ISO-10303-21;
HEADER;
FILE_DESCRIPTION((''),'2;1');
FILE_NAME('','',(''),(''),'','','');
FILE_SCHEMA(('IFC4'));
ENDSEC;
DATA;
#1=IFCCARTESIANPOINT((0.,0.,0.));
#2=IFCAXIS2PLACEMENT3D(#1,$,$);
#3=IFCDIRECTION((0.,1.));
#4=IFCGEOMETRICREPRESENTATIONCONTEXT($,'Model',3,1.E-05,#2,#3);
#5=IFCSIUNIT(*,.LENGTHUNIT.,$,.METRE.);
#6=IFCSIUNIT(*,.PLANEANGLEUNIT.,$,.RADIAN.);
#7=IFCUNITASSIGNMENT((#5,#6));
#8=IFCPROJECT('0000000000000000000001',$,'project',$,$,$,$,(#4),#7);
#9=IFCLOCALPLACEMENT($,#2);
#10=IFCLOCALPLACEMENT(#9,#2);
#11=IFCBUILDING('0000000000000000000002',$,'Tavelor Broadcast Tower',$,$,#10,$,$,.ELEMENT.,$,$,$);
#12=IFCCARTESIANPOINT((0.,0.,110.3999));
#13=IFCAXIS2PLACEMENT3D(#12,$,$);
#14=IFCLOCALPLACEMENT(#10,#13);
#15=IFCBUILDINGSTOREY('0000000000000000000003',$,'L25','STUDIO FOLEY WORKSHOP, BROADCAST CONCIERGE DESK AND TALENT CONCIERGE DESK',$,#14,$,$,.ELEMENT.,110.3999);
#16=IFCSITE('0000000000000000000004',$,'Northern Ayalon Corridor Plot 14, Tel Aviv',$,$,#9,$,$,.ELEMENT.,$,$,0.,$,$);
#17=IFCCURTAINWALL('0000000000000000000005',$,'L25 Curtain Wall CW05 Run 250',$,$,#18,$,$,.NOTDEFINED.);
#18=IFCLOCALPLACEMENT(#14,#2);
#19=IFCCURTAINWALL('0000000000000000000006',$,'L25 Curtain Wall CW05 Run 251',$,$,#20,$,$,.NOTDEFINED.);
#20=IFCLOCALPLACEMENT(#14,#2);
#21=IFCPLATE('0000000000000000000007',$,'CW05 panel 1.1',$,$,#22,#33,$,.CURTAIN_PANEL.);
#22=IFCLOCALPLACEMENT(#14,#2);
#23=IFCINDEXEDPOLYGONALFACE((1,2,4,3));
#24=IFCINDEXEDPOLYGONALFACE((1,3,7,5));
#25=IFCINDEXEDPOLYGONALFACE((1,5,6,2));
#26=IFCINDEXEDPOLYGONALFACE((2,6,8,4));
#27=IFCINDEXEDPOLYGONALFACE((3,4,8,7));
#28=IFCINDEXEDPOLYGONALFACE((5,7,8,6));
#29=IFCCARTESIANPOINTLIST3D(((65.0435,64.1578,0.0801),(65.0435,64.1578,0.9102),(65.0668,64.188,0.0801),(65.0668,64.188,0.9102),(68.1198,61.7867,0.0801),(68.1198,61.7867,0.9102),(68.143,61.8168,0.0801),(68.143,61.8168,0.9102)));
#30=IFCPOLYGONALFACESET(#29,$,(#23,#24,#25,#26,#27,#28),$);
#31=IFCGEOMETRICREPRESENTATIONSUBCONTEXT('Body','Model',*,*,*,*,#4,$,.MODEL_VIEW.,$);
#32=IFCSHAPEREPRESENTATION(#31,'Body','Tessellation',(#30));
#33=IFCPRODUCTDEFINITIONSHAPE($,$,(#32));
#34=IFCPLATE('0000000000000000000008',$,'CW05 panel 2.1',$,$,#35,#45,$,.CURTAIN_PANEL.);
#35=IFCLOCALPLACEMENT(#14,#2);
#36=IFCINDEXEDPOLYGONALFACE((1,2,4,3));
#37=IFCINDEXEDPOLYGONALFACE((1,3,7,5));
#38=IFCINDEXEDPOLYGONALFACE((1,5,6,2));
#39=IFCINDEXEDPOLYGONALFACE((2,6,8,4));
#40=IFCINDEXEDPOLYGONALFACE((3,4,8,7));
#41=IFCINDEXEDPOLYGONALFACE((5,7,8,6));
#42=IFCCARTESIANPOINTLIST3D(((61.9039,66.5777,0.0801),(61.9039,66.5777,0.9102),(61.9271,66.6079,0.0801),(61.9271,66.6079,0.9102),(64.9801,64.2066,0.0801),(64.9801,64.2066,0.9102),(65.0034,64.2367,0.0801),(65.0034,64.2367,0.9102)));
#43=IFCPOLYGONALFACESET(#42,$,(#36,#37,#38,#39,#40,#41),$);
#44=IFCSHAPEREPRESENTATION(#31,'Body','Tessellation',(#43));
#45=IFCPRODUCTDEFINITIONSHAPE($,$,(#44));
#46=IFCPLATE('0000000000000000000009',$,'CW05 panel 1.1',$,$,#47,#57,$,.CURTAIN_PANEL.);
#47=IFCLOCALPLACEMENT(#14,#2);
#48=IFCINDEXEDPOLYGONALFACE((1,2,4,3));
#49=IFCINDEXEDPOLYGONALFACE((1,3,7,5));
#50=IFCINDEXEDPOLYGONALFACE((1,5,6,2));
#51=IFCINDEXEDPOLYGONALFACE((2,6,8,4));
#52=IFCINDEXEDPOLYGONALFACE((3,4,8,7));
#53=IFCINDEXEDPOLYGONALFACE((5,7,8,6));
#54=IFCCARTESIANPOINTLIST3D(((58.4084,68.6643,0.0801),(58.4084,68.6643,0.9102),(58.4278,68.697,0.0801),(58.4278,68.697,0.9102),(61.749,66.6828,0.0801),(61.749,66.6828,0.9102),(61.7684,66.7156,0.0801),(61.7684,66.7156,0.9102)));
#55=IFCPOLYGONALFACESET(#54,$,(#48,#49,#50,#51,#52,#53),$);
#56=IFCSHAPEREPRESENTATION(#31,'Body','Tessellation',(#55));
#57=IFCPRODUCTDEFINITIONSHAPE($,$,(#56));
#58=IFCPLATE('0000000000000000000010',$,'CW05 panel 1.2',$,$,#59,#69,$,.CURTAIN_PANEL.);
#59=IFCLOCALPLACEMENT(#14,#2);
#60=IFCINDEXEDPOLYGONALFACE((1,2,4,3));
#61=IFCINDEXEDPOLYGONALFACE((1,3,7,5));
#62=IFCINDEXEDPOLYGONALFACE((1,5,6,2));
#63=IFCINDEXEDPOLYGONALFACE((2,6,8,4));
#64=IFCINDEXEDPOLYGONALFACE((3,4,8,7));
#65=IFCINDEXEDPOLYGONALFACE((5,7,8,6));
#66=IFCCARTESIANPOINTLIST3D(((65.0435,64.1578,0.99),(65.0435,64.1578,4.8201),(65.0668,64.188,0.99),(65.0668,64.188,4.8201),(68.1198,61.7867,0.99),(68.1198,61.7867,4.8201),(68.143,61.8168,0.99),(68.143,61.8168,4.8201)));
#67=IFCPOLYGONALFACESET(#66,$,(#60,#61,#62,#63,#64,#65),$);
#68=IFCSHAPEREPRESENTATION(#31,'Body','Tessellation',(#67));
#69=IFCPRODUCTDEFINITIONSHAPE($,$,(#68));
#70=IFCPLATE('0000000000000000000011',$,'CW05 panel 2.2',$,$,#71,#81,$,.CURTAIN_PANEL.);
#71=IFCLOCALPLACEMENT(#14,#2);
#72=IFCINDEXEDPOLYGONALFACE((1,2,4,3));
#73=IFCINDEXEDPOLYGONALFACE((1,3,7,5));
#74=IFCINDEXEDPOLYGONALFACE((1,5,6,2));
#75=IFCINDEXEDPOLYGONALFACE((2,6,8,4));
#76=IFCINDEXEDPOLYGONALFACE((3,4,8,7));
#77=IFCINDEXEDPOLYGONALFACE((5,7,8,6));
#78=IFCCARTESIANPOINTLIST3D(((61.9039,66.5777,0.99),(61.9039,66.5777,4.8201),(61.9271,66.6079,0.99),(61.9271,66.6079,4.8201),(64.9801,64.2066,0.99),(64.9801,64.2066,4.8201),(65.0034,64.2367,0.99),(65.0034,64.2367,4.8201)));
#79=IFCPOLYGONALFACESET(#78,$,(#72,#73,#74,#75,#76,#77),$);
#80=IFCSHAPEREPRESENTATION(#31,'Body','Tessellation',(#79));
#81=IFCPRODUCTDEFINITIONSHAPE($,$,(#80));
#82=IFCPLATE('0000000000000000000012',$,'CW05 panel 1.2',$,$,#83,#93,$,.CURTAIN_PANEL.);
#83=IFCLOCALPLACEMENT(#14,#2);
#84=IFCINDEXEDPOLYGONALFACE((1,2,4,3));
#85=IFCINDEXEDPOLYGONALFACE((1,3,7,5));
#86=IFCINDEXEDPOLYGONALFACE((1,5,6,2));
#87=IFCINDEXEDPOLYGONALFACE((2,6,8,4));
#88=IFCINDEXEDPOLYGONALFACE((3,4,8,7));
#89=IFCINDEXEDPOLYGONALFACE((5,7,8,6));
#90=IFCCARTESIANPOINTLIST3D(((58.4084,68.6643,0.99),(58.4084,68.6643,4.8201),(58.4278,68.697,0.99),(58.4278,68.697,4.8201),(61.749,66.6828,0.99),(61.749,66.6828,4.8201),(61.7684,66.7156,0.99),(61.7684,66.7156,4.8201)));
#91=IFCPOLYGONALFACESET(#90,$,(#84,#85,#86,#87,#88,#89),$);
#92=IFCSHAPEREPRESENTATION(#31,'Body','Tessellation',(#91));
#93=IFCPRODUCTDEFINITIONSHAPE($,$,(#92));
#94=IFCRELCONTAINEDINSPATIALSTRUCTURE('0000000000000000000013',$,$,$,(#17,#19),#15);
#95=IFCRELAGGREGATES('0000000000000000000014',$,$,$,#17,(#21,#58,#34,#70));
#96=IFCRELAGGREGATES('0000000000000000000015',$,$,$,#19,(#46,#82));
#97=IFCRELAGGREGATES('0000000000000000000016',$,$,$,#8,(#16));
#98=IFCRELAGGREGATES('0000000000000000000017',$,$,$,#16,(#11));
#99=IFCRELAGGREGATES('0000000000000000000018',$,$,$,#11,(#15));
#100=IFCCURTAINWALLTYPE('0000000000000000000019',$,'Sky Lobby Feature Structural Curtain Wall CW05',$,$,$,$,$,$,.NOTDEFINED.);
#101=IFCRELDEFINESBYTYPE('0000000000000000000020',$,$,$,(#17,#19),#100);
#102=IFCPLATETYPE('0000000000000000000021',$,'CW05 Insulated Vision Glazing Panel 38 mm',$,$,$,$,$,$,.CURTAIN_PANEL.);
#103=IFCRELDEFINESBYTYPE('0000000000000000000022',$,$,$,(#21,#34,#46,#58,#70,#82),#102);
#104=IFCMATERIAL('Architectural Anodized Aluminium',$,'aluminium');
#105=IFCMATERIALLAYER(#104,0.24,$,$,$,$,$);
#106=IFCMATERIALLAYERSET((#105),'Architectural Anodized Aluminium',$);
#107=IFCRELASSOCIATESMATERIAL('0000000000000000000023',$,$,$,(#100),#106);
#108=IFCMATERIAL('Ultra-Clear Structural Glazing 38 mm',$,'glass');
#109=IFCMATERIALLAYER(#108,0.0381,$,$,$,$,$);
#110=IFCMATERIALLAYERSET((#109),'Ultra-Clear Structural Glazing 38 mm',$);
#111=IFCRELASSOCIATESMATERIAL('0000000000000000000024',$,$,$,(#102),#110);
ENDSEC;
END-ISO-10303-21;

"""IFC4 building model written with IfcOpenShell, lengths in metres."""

from ifc_helpers import new_model, si_unit, direction, frame, origin, origin_2d, place, context, subcontext, project, spatial, rectangle, extrude, source, transform, mapped, material, layer, layer_set, type_object, element, aggregate, save


model = new_model("IFC4")

# Units and contexts
model_context = context("Model", 3, precision=1e-05, world=origin(), true_north=direction((0.0, 1.0)))
body_context = subcontext(model_context, "Body", "Model", "MODEL_VIEW")
ifc_project = project(units=[si_unit("LENGTHUNIT", "METRE"), si_unit("PLANEANGLEUNIT", "RADIAN")], contexts=[model_context])

# Site, building, storey
site_placement = place(None, origin())
site = spatial("IfcSite", under=ifc_project, at=site_placement, Name="Northern Ayalon Corridor Plot 14, Tel Aviv", CompositionType="ELEMENT", RefElevation=0.0)
building_placement = place(site_placement, origin())
building = spatial("IfcBuilding", under=site, at=building_placement, Name="Tavelor Broadcast Tower", CompositionType="ELEMENT")
storey_placement = place(building_placement, frame((0.0, 0.0, 110.3999)))
storey = spatial("IfcBuildingStorey", under=building, at=storey_placement, Name="L25", Description="STUDIO FOLEY WORKSHOP, BROADCAST CONCIERGE DESK AND TALENT CONCIERGE DESK", CompositionType="ELEMENT", Elevation=110.3999)

# Shared definitions
ifc_material_1 = material(Name="Architectural Anodized Aluminium", Category="aluminium")
ifc_layer_1 = layer(ifc_material_1, 0.24)
ifc_layer_set_1 = layer_set([ifc_layer_1], Name="Architectural Anodized Aluminium")
curtain_wall_type = type_object("IfcCurtainWallType", Name="Sky Lobby Feature Structural Curtain Wall CW05", PredefinedType="NOTDEFINED", material=ifc_layer_set_1)

# Curtain wall
curtain_wall_1_placement = place(storey_placement, origin())
curtain_wall_1 = element("IfcCurtainWall", 1, at=curtain_wall_1_placement, inside=storey, type_object=curtain_wall_type, Name="L25 Curtain Wall CW05 Run 250", PredefinedType="NOTDEFINED")

# Curtain wall
curtain_wall_2_placement = place(storey_placement, origin())
curtain_wall_2 = element("IfcCurtainWall", 2, at=curtain_wall_2_placement, inside=storey, type_object=curtain_wall_type, Name="L25 Curtain Wall CW05 Run 251", PredefinedType="NOTDEFINED")

# Plates
ifc_material_2 = material(Name="Ultra-Clear Structural Glazing 38 mm", Category="glass")
ifc_layer_2 = layer(ifc_material_2, 0.0381)
ifc_layer_set_2 = layer_set([ifc_layer_2], Name="Ultra-Clear Structural Glazing 38 mm")
plate_type_1 = type_object("IfcPlateType", Name="CW05 Insulated Vision Glazing Panel 38 mm", PredefinedType="CURTAIN_PANEL", material=ifc_layer_set_2)
shared_shape_1 = source(origin(), body_context, "Body", "SweptSolid", [
    extrude(rectangle(XDim=3.884, YDim=0.0381, at=origin_2d()), origin(), (0.0, 0.0, 1.0), 0.8301),
])
plate_1_placement = place(storey_placement, frame((66.5933, 62.9873, 0.0801), z_axis=(0.0, 0.0, 1.0), x_axis=(-0.792029, 0.610484, 0.0)))
plate_1 = element("IfcPlate", 3, at=plate_1_placement, type_object=plate_type_1, Name="CW05 panel 1.1", PredefinedType="CURTAIN_PANEL", context=body_context, shape_type="MappedRepresentation", body=[
    mapped(shared_shape_1, transform((0.0, 0.0, 0.0), scale=1.0)),
])
plate_2_placement = place(storey_placement, frame((63.4536, 65.4072, 0.0801), z_axis=(0.0, 0.0, 1.0), x_axis=(-0.792029, 0.610484, 0.0)))
plate_2 = element("IfcPlate", 4, at=plate_2_placement, type_object=plate_type_1, Name="CW05 panel 2.1", PredefinedType="CURTAIN_PANEL", context=body_context, shape_type="MappedRepresentation", body=[
    mapped(shared_shape_1, transform((0.0, 0.0, 0.0), scale=1.0)),
])
plate_3_placement = place(storey_placement, frame((60.0884, 67.6899, 0.0801), z_axis=(0.0, 0.0, 1.0), x_axis=(-0.860082, 0.510155, 0.0)))
plate_3 = element("IfcPlate", 5, at=plate_3_placement, type_object=plate_type_1, Name="CW05 panel 1.1", PredefinedType="CURTAIN_PANEL", context=body_context, shape_type="MappedRepresentation", body=[
    mapped(shared_shape_1, transform((0.0, 0.0, 0.0), scale=1.0)),
])
shared_shape_2 = source(origin(), body_context, "Body", "SweptSolid", [
    extrude(rectangle(XDim=3.884, YDim=0.0381, at=origin_2d()), origin(), (0.0, 0.0, 1.0), 3.8301),
])
plate_4_placement = place(storey_placement, frame((66.5933, 62.9873, 0.99), z_axis=(0.0, 0.0, 1.0), x_axis=(-0.792029, 0.610484, 0.0)))
plate_4 = element("IfcPlate", 6, at=plate_4_placement, type_object=plate_type_1, Name="CW05 panel 1.2", PredefinedType="CURTAIN_PANEL", context=body_context, shape_type="MappedRepresentation", body=[
    mapped(shared_shape_2, transform((0.0, 0.0, 0.0), scale=1.0)),
])
plate_5_placement = place(storey_placement, frame((63.4536, 65.4072, 0.99), z_axis=(0.0, 0.0, 1.0), x_axis=(-0.792029, 0.610484, 0.0)))
plate_5 = element("IfcPlate", 7, at=plate_5_placement, type_object=plate_type_1, Name="CW05 panel 2.2", PredefinedType="CURTAIN_PANEL", context=body_context, shape_type="MappedRepresentation", body=[
    mapped(shared_shape_2, transform((0.0, 0.0, 0.0), scale=1.0)),
])
aggregate(curtain_wall_1, [plate_1, plate_4, plate_2, plate_5])
plate_6_placement = place(storey_placement, frame((60.0884, 67.6899, 0.99), z_axis=(0.0, 0.0, 1.0), x_axis=(-0.860082, 0.510155, 0.0)))
plate_6 = element("IfcPlate", 8, at=plate_6_placement, type_object=plate_type_1, Name="CW05 panel 1.2", PredefinedType="CURTAIN_PANEL", context=body_context, shape_type="MappedRepresentation", body=[
    mapped(shared_shape_2, transform((0.0, 0.0, 0.0), scale=1.0)),
])
aggregate(curtain_wall_2, [plate_3, plate_6])

save(model, "model.ifc")
